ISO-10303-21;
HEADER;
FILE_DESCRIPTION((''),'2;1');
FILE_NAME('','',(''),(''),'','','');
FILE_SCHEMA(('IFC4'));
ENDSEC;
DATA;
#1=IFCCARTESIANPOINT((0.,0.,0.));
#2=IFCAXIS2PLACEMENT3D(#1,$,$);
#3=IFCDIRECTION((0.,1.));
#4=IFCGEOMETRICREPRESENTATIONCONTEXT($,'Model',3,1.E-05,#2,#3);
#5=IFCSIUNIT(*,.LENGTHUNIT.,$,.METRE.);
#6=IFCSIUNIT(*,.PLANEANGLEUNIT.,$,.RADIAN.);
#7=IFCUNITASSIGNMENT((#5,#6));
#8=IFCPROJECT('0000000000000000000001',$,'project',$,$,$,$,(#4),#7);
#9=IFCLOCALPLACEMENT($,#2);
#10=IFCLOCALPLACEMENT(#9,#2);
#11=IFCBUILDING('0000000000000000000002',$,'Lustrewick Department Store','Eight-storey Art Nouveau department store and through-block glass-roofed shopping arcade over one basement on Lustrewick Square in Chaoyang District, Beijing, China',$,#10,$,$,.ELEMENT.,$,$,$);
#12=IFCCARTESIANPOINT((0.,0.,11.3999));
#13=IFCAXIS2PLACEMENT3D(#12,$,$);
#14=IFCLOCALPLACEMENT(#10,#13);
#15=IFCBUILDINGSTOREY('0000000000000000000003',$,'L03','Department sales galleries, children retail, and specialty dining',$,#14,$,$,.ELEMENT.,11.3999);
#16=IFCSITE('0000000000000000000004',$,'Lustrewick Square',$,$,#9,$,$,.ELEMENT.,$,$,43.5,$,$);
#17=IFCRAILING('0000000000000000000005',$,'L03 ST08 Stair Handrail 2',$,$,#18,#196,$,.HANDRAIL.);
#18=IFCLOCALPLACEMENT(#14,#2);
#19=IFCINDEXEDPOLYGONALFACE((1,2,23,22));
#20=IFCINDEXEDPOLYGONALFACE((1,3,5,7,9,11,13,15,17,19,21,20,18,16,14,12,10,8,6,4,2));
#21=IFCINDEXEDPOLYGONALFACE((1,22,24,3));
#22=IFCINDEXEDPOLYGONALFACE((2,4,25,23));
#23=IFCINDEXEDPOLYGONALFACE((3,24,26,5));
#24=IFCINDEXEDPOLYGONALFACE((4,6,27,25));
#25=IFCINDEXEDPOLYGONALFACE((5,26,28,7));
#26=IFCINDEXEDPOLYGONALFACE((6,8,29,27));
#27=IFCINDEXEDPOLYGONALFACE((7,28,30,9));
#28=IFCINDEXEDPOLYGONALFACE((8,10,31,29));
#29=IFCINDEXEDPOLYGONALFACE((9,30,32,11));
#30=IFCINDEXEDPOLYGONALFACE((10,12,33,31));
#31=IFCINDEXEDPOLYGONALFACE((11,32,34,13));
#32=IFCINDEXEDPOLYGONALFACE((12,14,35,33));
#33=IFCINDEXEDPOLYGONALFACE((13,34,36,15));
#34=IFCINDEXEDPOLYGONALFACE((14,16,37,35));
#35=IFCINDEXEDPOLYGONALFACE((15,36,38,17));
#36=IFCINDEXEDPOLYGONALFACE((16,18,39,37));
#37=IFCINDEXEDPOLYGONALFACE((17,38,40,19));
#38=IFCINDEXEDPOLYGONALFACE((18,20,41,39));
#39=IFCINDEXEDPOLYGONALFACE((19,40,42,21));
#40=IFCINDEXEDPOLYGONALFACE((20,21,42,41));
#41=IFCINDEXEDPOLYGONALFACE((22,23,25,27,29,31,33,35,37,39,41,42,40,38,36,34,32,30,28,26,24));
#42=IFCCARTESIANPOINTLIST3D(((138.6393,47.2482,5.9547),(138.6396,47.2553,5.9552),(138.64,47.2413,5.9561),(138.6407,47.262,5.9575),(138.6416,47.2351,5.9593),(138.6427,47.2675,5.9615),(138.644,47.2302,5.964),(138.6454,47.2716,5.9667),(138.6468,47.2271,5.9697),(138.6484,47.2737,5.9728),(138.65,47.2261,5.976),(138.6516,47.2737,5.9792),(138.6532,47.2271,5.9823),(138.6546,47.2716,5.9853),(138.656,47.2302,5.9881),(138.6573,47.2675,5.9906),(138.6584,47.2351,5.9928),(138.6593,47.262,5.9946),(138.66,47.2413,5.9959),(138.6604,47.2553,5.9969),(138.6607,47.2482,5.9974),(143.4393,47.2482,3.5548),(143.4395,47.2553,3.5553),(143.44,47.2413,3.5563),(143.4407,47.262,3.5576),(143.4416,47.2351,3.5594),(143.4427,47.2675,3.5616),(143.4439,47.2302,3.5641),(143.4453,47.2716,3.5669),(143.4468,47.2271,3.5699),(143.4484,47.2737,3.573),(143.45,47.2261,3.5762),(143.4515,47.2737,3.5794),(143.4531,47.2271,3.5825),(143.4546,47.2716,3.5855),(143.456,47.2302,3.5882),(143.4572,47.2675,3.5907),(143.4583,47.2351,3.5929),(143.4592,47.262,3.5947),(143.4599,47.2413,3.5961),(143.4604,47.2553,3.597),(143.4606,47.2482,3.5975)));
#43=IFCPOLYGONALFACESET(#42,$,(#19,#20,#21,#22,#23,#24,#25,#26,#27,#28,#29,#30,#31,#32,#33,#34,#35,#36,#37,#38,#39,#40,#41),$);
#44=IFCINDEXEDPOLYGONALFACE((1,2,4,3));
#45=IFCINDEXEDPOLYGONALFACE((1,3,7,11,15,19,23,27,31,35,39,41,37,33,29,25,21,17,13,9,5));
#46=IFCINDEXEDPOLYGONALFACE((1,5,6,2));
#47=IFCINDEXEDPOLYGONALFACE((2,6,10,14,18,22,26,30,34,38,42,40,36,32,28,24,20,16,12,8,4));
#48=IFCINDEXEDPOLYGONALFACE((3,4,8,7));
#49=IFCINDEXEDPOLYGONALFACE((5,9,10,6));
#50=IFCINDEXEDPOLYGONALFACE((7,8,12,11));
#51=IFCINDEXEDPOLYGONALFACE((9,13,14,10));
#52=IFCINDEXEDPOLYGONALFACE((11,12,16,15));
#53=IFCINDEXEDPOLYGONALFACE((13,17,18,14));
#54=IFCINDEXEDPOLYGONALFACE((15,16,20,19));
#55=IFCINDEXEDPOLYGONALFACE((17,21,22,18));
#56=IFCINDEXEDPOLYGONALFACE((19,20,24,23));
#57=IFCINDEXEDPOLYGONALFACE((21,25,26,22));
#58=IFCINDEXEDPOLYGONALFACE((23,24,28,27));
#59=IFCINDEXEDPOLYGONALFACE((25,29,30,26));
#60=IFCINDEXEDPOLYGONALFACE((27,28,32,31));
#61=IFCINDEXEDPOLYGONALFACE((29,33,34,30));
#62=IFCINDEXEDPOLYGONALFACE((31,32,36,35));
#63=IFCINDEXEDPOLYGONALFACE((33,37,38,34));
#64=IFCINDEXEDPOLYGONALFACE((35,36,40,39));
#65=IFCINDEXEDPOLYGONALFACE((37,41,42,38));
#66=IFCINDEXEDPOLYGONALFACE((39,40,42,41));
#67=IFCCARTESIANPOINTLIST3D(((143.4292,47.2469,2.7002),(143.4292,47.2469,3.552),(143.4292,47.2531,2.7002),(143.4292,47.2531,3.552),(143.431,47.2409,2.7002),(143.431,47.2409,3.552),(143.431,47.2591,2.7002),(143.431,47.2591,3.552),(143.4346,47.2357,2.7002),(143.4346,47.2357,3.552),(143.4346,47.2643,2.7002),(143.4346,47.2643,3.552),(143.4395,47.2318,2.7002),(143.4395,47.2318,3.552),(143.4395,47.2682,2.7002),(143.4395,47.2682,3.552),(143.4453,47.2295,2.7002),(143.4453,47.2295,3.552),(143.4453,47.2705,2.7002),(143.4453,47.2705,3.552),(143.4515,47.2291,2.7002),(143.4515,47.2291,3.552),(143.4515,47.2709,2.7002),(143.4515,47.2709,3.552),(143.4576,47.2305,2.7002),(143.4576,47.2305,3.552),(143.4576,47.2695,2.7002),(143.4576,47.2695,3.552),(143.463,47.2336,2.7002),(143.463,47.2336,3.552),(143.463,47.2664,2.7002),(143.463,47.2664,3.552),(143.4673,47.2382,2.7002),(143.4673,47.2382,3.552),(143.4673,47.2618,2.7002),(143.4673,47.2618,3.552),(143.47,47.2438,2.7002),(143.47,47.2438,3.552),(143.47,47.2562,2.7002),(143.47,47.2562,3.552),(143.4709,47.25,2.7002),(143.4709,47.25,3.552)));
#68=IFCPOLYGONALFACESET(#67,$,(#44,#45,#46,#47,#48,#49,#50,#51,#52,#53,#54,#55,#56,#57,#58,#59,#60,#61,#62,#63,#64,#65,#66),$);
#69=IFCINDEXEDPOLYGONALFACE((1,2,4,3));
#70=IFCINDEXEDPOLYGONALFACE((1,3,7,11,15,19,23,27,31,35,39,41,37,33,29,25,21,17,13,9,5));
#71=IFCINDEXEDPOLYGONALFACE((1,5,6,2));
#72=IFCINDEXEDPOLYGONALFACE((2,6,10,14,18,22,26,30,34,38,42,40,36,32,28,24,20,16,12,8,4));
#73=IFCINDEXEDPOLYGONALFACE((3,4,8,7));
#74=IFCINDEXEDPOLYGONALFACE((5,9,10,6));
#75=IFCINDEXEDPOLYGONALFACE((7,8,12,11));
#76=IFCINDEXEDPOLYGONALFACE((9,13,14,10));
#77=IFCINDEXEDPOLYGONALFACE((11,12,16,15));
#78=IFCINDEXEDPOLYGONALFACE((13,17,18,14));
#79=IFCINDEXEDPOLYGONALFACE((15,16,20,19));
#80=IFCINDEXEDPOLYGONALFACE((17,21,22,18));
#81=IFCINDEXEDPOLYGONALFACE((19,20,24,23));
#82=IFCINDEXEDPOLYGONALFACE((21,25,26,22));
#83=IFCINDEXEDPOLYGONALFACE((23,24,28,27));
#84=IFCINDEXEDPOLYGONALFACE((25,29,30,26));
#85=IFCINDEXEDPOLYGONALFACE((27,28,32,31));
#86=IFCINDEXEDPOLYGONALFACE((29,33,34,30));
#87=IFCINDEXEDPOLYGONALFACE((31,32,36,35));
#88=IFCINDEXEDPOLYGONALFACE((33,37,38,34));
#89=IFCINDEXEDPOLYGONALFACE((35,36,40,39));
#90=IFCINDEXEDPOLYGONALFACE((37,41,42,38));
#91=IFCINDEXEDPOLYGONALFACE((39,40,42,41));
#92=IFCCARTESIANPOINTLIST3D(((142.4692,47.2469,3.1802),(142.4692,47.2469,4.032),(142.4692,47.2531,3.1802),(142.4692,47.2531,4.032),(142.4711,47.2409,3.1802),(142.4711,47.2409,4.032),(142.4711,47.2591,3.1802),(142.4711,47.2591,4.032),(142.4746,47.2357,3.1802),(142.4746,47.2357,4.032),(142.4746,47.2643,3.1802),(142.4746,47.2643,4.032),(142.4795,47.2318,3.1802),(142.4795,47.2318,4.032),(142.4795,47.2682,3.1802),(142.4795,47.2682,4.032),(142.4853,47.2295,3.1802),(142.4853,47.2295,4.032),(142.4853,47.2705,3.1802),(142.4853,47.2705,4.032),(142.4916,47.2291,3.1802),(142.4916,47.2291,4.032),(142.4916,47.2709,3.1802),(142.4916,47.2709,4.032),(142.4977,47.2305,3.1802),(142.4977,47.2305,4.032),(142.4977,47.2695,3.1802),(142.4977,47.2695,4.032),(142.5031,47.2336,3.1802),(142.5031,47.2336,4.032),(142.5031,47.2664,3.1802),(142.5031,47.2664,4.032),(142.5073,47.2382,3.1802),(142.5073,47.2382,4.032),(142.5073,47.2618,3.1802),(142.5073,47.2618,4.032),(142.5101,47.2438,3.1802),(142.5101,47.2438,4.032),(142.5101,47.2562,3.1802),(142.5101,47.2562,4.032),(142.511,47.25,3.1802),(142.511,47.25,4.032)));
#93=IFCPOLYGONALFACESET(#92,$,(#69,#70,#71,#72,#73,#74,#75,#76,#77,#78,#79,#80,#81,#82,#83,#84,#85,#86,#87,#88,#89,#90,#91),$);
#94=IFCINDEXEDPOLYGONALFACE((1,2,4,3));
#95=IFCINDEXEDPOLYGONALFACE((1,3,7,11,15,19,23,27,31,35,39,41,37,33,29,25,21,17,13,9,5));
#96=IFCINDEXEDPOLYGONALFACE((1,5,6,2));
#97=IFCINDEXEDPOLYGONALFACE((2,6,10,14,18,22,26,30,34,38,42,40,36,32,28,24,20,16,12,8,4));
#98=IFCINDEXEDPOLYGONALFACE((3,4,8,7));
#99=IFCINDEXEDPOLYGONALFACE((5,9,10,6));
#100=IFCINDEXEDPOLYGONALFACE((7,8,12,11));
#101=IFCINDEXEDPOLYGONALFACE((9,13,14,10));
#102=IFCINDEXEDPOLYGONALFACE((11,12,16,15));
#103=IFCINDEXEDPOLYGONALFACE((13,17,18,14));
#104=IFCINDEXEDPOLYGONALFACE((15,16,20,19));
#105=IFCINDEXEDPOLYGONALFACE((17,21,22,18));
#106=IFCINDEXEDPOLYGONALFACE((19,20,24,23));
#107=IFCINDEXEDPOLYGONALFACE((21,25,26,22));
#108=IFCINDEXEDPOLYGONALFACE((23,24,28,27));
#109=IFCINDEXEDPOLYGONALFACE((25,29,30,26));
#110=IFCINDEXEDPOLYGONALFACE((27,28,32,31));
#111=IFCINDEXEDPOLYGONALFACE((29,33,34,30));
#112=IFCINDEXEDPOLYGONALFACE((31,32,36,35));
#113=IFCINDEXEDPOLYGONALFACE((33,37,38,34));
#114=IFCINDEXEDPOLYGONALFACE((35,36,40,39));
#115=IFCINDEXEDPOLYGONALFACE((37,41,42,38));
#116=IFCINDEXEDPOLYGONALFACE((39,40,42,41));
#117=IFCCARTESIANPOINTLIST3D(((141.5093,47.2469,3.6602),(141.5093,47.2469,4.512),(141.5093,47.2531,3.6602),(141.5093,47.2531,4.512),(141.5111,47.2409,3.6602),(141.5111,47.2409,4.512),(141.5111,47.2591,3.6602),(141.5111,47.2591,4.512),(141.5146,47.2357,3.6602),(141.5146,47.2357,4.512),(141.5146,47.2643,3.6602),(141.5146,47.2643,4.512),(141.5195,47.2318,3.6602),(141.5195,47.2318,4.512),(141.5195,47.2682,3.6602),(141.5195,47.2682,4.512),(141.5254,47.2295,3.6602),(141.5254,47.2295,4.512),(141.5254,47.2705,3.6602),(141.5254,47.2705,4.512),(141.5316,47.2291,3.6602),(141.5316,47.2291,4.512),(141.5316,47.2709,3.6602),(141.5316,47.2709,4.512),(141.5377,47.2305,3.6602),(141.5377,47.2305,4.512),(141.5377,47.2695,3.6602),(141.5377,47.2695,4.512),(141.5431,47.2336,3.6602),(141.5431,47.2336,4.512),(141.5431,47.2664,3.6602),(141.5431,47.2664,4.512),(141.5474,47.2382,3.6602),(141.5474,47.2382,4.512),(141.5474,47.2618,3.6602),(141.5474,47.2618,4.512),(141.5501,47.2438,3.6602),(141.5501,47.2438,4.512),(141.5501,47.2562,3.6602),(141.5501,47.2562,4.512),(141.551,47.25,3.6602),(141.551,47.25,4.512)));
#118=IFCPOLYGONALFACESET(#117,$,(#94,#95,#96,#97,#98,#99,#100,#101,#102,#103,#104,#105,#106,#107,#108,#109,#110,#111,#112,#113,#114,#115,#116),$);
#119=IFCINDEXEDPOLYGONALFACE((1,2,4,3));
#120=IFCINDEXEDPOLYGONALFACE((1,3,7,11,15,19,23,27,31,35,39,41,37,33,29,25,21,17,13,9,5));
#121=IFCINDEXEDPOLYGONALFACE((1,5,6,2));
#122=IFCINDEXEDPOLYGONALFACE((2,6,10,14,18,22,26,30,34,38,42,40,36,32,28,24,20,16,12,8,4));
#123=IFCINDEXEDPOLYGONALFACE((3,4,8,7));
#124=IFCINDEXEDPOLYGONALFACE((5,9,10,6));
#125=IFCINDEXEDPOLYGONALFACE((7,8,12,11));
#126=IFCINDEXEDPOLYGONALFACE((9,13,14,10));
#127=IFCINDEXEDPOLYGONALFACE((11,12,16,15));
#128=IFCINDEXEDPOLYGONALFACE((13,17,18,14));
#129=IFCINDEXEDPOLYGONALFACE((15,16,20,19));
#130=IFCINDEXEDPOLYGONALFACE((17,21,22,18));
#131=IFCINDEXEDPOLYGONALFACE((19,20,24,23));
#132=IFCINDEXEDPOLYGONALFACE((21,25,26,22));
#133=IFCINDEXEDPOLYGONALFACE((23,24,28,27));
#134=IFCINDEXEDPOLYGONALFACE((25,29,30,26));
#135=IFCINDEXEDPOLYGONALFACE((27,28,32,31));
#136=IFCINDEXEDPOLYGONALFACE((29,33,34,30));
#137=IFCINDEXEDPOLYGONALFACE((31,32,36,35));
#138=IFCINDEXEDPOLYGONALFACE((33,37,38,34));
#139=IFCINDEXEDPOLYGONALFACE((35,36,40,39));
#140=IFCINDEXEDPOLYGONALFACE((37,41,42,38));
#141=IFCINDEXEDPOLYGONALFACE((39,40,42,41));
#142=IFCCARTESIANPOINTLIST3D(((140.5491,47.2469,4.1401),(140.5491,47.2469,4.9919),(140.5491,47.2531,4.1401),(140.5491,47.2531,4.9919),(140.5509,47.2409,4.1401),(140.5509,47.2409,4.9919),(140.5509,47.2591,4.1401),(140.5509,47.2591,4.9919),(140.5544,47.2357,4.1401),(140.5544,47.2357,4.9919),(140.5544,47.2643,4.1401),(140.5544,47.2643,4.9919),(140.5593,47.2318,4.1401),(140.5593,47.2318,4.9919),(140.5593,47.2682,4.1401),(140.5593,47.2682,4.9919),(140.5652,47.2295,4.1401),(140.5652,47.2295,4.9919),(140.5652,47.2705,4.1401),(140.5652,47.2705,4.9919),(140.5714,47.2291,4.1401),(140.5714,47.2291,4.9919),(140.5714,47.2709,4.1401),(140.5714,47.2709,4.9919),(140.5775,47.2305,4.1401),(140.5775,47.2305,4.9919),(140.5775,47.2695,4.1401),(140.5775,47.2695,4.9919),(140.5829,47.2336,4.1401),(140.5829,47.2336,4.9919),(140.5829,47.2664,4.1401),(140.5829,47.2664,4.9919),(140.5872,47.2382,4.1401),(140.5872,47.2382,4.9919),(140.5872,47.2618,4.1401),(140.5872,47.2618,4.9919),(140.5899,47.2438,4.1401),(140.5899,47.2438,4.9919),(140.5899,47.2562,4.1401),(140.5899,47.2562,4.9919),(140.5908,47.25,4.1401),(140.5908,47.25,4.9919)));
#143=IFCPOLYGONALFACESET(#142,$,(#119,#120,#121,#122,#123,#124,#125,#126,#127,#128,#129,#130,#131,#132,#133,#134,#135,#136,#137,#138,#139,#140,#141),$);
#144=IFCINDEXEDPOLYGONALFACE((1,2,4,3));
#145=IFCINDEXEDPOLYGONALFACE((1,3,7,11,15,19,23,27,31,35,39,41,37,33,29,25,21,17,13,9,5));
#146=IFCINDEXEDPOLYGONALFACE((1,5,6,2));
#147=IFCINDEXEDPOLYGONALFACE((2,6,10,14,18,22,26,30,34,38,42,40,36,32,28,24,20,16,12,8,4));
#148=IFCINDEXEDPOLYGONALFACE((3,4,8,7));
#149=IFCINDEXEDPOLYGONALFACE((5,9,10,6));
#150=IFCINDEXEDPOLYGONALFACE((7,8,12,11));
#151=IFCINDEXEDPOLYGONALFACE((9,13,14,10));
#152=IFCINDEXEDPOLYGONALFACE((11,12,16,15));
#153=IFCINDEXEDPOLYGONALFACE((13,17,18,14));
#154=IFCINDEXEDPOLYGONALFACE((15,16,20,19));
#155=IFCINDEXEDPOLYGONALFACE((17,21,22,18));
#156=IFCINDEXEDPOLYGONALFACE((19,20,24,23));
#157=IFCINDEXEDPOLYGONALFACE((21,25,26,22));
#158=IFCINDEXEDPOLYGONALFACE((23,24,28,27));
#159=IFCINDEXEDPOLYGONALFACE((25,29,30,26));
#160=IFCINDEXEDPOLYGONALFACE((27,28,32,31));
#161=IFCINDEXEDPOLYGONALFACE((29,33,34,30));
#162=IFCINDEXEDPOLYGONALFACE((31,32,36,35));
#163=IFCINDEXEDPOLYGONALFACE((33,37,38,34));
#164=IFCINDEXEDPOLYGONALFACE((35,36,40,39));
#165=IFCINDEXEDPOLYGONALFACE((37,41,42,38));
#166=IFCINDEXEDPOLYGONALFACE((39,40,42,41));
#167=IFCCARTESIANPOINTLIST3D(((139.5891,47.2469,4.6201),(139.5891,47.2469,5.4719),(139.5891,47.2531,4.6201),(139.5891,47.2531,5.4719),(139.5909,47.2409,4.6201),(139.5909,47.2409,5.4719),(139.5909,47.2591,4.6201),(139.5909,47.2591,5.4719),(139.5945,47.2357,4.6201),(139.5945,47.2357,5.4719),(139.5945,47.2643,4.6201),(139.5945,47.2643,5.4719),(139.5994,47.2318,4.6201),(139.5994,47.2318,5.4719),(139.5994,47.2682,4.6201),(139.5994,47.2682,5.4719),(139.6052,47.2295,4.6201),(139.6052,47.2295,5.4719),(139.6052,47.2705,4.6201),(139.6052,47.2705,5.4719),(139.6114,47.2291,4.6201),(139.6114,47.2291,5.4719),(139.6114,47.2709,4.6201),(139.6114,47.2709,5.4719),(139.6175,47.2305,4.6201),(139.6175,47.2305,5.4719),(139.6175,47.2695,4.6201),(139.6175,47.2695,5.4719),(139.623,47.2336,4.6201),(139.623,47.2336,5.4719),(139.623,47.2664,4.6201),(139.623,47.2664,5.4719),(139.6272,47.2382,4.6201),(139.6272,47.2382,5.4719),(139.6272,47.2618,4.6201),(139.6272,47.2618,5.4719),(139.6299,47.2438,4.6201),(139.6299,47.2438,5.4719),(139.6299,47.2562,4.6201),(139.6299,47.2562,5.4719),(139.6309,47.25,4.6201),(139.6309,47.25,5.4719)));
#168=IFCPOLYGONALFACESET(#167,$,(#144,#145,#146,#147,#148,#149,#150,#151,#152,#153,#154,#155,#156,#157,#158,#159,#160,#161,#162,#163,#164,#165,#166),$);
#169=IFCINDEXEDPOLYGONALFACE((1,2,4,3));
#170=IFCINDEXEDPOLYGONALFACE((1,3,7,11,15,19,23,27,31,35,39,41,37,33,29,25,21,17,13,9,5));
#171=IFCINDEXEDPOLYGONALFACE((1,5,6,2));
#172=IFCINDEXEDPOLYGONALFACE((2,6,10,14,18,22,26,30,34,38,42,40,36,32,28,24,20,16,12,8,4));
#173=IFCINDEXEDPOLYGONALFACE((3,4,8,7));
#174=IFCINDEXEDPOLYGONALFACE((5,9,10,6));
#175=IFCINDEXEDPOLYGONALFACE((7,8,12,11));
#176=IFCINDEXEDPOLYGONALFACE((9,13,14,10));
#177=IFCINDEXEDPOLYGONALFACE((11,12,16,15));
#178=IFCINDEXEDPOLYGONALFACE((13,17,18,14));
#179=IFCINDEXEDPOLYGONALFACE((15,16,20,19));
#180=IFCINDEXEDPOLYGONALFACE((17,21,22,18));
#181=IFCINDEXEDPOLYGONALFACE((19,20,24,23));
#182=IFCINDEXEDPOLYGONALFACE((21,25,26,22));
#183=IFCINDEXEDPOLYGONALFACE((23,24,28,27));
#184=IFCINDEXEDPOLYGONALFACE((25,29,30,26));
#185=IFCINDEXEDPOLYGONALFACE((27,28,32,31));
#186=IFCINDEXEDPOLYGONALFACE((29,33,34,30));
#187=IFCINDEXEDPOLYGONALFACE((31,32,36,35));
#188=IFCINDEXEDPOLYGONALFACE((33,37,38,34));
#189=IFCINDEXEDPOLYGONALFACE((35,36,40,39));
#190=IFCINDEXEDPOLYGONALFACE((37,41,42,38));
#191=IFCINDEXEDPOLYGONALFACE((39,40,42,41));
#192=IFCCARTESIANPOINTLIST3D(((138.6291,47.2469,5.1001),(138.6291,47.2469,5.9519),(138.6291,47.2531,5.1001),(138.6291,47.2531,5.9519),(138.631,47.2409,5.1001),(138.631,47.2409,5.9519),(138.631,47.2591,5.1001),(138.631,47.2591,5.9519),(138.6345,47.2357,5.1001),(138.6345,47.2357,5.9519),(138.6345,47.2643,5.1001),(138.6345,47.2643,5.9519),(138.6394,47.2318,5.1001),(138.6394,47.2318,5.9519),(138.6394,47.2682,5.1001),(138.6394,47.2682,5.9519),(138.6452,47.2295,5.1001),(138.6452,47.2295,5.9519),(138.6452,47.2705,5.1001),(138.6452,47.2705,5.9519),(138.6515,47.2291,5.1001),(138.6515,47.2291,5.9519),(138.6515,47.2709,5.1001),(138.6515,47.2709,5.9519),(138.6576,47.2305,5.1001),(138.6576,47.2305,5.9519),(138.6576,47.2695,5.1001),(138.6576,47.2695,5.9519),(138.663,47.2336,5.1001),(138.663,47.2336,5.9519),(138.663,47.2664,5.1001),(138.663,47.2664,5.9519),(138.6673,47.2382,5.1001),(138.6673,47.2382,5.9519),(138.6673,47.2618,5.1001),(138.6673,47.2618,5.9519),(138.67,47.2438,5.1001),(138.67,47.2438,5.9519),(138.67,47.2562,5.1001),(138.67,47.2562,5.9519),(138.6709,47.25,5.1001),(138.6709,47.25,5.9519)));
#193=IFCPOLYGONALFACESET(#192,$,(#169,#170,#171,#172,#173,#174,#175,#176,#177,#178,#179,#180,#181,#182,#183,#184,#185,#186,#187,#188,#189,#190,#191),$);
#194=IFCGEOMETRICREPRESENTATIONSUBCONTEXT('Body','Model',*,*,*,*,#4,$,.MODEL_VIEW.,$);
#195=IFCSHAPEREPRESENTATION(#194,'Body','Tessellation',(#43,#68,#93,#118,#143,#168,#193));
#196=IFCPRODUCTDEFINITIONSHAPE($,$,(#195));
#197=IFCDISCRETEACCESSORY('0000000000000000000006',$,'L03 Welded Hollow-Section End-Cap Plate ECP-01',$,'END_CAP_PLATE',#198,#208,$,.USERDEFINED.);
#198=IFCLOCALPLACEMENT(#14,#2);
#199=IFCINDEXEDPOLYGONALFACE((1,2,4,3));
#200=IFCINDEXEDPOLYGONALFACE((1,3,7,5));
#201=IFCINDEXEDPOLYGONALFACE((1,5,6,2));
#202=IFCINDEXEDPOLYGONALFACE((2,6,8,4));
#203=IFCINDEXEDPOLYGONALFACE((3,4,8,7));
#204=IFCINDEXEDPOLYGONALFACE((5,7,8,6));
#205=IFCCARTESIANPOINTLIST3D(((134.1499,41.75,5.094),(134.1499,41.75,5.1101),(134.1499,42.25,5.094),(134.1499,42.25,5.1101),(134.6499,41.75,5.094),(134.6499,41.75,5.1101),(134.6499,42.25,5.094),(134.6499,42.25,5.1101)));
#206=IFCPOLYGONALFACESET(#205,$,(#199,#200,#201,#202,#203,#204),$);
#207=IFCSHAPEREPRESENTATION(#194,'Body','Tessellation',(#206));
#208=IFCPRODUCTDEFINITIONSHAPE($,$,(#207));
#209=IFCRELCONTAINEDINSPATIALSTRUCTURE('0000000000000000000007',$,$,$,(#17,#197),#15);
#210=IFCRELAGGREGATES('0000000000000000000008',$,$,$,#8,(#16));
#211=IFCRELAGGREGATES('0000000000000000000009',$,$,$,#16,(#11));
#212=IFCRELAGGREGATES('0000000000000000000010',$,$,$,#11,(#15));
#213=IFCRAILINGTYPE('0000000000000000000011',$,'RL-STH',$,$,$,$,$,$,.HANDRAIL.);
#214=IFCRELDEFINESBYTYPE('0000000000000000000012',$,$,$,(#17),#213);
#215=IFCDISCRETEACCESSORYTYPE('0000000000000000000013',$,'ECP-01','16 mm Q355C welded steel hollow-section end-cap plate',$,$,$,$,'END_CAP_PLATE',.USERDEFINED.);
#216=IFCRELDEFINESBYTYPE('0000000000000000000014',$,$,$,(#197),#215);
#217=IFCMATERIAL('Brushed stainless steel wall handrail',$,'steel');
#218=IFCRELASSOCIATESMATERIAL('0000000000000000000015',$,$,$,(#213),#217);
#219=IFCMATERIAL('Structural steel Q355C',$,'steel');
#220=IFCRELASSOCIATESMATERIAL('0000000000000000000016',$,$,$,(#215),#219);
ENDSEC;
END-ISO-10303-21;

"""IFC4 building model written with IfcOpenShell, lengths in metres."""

from ifc_helpers import new_model, si_unit, direction, frame, origin, origin_2d, place, context, subcontext, project, spatial, rectangle, circle, extrude, material, type_object, element, save


model = new_model("IFC4")

# Units and contexts
model_context = context("Model", 3, precision=1e-05, world=origin(), true_north=direction((0.0, 1.0)))
body_context = subcontext(model_context, "Body", "Model", "MODEL_VIEW")
ifc_project = project(units=[si_unit("LENGTHUNIT", "METRE"), si_unit("PLANEANGLEUNIT", "RADIAN")], contexts=[model_context])

# Site, building, storey
site_placement = place(None, origin())
site = spatial("IfcSite", under=ifc_project, at=site_placement, Name="Lustrewick Square", CompositionType="ELEMENT", RefElevation=43.5)
building_placement = place(site_placement, origin())
building = spatial("IfcBuilding", under=site, at=building_placement, Name="Lustrewick Department Store", Description="Eight-storey Art Nouveau department store and through-block glass-roofed shopping arcade over one basement on Lustrewick Square in Chaoyang District, Beijing, China", CompositionType="ELEMENT")
storey_placement = place(building_placement, frame((0.0, 0.0, 11.3999)))
storey = spatial("IfcBuildingStorey", under=building, at=storey_placement, Name="L03", Description="Department sales galleries, children retail, and specialty dining", CompositionType="ELEMENT", Elevation=11.3999)

# Shared definitions
ifc_material_1 = material(Name="Structural steel Q355C", Category="steel")

# Railing
ifc_material_2 = material(Name="Brushed stainless steel wall handrail", Category="steel")
railing_type_1 = type_object("IfcRailingType", Name="RL-STH", PredefinedType="HANDRAIL", material=ifc_material_2)
railing_1_placement = place(storey_placement, frame((143.45, 47.25, 2.7002)))
element("IfcRailing", 1, at=railing_1_placement, inside=storey, type_object=railing_type_1, Name="L03 ST08 Stair Handrail 2", PredefinedType="HANDRAIL", context=body_context, shape_type="SweptSolid", body=[
    extrude(circle(Radius=0.0239, at=origin_2d()), frame((0.0, 0.0, 0.876), z_axis=(-0.894436, 0.0, 0.447195), x_axis=(0.0, -1.0, 0.0)), (0.0, 0.0, 1.0), 5.3665),
    extrude(circle(Radius=0.021, at=origin_2d()), origin(), (0.0, 0.0, 1.0), 0.8518),
    extrude(circle(Radius=0.021, at=origin_2d()), frame((-0.96, 0.0, 0.48)), (0.0, 0.0, 1.0), 0.8518),
    extrude(circle(Radius=0.021, at=origin_2d()), frame((-1.9199, 0.0, 0.96)), (0.0, 0.0, 1.0), 0.8518),
    extrude(circle(Radius=0.021, at=origin_2d()), frame((-2.8801, 0.0, 1.4399)), (0.0, 0.0, 1.0), 0.8518),
    extrude(circle(Radius=0.021, at=origin_2d()), frame((-3.8401, 0.0, 1.9199)), (0.0, 0.0, 1.0), 0.8518),
    extrude(circle(Radius=0.021, at=origin_2d()), frame((-4.8, 0.0, 2.3999)), (0.0, 0.0, 1.0), 0.8518),
])

# Discrete accessory
discrete_accessory_type = type_object("IfcDiscreteAccessoryType", Name="ECP-01", Description="16 mm Q355C welded steel hollow-section end-cap plate", ElementType="END_CAP_PLATE", PredefinedType="USERDEFINED", material=ifc_material_1)
discrete_accessory_placement = place(storey_placement, frame((134.3999, 42.0, 5.094), z_axis=(0.0, 0.0, 1.0), x_axis=(1.0, 0.0, 0.0)))
element("IfcDiscreteAccessory", 2, at=discrete_accessory_placement, inside=storey, type_object=discrete_accessory_type, Name="L03 Welded Hollow-Section End-Cap Plate ECP-01", ObjectType="END_CAP_PLATE", PredefinedType="USERDEFINED", context=body_context, shape_type="SweptSolid", body=[
    extrude(rectangle(XDim=0.5, YDim=0.5, at=origin_2d()), origin(), (0.0, 0.0, 1.0), 0.0161),
])

save(model, "model.ifc")
